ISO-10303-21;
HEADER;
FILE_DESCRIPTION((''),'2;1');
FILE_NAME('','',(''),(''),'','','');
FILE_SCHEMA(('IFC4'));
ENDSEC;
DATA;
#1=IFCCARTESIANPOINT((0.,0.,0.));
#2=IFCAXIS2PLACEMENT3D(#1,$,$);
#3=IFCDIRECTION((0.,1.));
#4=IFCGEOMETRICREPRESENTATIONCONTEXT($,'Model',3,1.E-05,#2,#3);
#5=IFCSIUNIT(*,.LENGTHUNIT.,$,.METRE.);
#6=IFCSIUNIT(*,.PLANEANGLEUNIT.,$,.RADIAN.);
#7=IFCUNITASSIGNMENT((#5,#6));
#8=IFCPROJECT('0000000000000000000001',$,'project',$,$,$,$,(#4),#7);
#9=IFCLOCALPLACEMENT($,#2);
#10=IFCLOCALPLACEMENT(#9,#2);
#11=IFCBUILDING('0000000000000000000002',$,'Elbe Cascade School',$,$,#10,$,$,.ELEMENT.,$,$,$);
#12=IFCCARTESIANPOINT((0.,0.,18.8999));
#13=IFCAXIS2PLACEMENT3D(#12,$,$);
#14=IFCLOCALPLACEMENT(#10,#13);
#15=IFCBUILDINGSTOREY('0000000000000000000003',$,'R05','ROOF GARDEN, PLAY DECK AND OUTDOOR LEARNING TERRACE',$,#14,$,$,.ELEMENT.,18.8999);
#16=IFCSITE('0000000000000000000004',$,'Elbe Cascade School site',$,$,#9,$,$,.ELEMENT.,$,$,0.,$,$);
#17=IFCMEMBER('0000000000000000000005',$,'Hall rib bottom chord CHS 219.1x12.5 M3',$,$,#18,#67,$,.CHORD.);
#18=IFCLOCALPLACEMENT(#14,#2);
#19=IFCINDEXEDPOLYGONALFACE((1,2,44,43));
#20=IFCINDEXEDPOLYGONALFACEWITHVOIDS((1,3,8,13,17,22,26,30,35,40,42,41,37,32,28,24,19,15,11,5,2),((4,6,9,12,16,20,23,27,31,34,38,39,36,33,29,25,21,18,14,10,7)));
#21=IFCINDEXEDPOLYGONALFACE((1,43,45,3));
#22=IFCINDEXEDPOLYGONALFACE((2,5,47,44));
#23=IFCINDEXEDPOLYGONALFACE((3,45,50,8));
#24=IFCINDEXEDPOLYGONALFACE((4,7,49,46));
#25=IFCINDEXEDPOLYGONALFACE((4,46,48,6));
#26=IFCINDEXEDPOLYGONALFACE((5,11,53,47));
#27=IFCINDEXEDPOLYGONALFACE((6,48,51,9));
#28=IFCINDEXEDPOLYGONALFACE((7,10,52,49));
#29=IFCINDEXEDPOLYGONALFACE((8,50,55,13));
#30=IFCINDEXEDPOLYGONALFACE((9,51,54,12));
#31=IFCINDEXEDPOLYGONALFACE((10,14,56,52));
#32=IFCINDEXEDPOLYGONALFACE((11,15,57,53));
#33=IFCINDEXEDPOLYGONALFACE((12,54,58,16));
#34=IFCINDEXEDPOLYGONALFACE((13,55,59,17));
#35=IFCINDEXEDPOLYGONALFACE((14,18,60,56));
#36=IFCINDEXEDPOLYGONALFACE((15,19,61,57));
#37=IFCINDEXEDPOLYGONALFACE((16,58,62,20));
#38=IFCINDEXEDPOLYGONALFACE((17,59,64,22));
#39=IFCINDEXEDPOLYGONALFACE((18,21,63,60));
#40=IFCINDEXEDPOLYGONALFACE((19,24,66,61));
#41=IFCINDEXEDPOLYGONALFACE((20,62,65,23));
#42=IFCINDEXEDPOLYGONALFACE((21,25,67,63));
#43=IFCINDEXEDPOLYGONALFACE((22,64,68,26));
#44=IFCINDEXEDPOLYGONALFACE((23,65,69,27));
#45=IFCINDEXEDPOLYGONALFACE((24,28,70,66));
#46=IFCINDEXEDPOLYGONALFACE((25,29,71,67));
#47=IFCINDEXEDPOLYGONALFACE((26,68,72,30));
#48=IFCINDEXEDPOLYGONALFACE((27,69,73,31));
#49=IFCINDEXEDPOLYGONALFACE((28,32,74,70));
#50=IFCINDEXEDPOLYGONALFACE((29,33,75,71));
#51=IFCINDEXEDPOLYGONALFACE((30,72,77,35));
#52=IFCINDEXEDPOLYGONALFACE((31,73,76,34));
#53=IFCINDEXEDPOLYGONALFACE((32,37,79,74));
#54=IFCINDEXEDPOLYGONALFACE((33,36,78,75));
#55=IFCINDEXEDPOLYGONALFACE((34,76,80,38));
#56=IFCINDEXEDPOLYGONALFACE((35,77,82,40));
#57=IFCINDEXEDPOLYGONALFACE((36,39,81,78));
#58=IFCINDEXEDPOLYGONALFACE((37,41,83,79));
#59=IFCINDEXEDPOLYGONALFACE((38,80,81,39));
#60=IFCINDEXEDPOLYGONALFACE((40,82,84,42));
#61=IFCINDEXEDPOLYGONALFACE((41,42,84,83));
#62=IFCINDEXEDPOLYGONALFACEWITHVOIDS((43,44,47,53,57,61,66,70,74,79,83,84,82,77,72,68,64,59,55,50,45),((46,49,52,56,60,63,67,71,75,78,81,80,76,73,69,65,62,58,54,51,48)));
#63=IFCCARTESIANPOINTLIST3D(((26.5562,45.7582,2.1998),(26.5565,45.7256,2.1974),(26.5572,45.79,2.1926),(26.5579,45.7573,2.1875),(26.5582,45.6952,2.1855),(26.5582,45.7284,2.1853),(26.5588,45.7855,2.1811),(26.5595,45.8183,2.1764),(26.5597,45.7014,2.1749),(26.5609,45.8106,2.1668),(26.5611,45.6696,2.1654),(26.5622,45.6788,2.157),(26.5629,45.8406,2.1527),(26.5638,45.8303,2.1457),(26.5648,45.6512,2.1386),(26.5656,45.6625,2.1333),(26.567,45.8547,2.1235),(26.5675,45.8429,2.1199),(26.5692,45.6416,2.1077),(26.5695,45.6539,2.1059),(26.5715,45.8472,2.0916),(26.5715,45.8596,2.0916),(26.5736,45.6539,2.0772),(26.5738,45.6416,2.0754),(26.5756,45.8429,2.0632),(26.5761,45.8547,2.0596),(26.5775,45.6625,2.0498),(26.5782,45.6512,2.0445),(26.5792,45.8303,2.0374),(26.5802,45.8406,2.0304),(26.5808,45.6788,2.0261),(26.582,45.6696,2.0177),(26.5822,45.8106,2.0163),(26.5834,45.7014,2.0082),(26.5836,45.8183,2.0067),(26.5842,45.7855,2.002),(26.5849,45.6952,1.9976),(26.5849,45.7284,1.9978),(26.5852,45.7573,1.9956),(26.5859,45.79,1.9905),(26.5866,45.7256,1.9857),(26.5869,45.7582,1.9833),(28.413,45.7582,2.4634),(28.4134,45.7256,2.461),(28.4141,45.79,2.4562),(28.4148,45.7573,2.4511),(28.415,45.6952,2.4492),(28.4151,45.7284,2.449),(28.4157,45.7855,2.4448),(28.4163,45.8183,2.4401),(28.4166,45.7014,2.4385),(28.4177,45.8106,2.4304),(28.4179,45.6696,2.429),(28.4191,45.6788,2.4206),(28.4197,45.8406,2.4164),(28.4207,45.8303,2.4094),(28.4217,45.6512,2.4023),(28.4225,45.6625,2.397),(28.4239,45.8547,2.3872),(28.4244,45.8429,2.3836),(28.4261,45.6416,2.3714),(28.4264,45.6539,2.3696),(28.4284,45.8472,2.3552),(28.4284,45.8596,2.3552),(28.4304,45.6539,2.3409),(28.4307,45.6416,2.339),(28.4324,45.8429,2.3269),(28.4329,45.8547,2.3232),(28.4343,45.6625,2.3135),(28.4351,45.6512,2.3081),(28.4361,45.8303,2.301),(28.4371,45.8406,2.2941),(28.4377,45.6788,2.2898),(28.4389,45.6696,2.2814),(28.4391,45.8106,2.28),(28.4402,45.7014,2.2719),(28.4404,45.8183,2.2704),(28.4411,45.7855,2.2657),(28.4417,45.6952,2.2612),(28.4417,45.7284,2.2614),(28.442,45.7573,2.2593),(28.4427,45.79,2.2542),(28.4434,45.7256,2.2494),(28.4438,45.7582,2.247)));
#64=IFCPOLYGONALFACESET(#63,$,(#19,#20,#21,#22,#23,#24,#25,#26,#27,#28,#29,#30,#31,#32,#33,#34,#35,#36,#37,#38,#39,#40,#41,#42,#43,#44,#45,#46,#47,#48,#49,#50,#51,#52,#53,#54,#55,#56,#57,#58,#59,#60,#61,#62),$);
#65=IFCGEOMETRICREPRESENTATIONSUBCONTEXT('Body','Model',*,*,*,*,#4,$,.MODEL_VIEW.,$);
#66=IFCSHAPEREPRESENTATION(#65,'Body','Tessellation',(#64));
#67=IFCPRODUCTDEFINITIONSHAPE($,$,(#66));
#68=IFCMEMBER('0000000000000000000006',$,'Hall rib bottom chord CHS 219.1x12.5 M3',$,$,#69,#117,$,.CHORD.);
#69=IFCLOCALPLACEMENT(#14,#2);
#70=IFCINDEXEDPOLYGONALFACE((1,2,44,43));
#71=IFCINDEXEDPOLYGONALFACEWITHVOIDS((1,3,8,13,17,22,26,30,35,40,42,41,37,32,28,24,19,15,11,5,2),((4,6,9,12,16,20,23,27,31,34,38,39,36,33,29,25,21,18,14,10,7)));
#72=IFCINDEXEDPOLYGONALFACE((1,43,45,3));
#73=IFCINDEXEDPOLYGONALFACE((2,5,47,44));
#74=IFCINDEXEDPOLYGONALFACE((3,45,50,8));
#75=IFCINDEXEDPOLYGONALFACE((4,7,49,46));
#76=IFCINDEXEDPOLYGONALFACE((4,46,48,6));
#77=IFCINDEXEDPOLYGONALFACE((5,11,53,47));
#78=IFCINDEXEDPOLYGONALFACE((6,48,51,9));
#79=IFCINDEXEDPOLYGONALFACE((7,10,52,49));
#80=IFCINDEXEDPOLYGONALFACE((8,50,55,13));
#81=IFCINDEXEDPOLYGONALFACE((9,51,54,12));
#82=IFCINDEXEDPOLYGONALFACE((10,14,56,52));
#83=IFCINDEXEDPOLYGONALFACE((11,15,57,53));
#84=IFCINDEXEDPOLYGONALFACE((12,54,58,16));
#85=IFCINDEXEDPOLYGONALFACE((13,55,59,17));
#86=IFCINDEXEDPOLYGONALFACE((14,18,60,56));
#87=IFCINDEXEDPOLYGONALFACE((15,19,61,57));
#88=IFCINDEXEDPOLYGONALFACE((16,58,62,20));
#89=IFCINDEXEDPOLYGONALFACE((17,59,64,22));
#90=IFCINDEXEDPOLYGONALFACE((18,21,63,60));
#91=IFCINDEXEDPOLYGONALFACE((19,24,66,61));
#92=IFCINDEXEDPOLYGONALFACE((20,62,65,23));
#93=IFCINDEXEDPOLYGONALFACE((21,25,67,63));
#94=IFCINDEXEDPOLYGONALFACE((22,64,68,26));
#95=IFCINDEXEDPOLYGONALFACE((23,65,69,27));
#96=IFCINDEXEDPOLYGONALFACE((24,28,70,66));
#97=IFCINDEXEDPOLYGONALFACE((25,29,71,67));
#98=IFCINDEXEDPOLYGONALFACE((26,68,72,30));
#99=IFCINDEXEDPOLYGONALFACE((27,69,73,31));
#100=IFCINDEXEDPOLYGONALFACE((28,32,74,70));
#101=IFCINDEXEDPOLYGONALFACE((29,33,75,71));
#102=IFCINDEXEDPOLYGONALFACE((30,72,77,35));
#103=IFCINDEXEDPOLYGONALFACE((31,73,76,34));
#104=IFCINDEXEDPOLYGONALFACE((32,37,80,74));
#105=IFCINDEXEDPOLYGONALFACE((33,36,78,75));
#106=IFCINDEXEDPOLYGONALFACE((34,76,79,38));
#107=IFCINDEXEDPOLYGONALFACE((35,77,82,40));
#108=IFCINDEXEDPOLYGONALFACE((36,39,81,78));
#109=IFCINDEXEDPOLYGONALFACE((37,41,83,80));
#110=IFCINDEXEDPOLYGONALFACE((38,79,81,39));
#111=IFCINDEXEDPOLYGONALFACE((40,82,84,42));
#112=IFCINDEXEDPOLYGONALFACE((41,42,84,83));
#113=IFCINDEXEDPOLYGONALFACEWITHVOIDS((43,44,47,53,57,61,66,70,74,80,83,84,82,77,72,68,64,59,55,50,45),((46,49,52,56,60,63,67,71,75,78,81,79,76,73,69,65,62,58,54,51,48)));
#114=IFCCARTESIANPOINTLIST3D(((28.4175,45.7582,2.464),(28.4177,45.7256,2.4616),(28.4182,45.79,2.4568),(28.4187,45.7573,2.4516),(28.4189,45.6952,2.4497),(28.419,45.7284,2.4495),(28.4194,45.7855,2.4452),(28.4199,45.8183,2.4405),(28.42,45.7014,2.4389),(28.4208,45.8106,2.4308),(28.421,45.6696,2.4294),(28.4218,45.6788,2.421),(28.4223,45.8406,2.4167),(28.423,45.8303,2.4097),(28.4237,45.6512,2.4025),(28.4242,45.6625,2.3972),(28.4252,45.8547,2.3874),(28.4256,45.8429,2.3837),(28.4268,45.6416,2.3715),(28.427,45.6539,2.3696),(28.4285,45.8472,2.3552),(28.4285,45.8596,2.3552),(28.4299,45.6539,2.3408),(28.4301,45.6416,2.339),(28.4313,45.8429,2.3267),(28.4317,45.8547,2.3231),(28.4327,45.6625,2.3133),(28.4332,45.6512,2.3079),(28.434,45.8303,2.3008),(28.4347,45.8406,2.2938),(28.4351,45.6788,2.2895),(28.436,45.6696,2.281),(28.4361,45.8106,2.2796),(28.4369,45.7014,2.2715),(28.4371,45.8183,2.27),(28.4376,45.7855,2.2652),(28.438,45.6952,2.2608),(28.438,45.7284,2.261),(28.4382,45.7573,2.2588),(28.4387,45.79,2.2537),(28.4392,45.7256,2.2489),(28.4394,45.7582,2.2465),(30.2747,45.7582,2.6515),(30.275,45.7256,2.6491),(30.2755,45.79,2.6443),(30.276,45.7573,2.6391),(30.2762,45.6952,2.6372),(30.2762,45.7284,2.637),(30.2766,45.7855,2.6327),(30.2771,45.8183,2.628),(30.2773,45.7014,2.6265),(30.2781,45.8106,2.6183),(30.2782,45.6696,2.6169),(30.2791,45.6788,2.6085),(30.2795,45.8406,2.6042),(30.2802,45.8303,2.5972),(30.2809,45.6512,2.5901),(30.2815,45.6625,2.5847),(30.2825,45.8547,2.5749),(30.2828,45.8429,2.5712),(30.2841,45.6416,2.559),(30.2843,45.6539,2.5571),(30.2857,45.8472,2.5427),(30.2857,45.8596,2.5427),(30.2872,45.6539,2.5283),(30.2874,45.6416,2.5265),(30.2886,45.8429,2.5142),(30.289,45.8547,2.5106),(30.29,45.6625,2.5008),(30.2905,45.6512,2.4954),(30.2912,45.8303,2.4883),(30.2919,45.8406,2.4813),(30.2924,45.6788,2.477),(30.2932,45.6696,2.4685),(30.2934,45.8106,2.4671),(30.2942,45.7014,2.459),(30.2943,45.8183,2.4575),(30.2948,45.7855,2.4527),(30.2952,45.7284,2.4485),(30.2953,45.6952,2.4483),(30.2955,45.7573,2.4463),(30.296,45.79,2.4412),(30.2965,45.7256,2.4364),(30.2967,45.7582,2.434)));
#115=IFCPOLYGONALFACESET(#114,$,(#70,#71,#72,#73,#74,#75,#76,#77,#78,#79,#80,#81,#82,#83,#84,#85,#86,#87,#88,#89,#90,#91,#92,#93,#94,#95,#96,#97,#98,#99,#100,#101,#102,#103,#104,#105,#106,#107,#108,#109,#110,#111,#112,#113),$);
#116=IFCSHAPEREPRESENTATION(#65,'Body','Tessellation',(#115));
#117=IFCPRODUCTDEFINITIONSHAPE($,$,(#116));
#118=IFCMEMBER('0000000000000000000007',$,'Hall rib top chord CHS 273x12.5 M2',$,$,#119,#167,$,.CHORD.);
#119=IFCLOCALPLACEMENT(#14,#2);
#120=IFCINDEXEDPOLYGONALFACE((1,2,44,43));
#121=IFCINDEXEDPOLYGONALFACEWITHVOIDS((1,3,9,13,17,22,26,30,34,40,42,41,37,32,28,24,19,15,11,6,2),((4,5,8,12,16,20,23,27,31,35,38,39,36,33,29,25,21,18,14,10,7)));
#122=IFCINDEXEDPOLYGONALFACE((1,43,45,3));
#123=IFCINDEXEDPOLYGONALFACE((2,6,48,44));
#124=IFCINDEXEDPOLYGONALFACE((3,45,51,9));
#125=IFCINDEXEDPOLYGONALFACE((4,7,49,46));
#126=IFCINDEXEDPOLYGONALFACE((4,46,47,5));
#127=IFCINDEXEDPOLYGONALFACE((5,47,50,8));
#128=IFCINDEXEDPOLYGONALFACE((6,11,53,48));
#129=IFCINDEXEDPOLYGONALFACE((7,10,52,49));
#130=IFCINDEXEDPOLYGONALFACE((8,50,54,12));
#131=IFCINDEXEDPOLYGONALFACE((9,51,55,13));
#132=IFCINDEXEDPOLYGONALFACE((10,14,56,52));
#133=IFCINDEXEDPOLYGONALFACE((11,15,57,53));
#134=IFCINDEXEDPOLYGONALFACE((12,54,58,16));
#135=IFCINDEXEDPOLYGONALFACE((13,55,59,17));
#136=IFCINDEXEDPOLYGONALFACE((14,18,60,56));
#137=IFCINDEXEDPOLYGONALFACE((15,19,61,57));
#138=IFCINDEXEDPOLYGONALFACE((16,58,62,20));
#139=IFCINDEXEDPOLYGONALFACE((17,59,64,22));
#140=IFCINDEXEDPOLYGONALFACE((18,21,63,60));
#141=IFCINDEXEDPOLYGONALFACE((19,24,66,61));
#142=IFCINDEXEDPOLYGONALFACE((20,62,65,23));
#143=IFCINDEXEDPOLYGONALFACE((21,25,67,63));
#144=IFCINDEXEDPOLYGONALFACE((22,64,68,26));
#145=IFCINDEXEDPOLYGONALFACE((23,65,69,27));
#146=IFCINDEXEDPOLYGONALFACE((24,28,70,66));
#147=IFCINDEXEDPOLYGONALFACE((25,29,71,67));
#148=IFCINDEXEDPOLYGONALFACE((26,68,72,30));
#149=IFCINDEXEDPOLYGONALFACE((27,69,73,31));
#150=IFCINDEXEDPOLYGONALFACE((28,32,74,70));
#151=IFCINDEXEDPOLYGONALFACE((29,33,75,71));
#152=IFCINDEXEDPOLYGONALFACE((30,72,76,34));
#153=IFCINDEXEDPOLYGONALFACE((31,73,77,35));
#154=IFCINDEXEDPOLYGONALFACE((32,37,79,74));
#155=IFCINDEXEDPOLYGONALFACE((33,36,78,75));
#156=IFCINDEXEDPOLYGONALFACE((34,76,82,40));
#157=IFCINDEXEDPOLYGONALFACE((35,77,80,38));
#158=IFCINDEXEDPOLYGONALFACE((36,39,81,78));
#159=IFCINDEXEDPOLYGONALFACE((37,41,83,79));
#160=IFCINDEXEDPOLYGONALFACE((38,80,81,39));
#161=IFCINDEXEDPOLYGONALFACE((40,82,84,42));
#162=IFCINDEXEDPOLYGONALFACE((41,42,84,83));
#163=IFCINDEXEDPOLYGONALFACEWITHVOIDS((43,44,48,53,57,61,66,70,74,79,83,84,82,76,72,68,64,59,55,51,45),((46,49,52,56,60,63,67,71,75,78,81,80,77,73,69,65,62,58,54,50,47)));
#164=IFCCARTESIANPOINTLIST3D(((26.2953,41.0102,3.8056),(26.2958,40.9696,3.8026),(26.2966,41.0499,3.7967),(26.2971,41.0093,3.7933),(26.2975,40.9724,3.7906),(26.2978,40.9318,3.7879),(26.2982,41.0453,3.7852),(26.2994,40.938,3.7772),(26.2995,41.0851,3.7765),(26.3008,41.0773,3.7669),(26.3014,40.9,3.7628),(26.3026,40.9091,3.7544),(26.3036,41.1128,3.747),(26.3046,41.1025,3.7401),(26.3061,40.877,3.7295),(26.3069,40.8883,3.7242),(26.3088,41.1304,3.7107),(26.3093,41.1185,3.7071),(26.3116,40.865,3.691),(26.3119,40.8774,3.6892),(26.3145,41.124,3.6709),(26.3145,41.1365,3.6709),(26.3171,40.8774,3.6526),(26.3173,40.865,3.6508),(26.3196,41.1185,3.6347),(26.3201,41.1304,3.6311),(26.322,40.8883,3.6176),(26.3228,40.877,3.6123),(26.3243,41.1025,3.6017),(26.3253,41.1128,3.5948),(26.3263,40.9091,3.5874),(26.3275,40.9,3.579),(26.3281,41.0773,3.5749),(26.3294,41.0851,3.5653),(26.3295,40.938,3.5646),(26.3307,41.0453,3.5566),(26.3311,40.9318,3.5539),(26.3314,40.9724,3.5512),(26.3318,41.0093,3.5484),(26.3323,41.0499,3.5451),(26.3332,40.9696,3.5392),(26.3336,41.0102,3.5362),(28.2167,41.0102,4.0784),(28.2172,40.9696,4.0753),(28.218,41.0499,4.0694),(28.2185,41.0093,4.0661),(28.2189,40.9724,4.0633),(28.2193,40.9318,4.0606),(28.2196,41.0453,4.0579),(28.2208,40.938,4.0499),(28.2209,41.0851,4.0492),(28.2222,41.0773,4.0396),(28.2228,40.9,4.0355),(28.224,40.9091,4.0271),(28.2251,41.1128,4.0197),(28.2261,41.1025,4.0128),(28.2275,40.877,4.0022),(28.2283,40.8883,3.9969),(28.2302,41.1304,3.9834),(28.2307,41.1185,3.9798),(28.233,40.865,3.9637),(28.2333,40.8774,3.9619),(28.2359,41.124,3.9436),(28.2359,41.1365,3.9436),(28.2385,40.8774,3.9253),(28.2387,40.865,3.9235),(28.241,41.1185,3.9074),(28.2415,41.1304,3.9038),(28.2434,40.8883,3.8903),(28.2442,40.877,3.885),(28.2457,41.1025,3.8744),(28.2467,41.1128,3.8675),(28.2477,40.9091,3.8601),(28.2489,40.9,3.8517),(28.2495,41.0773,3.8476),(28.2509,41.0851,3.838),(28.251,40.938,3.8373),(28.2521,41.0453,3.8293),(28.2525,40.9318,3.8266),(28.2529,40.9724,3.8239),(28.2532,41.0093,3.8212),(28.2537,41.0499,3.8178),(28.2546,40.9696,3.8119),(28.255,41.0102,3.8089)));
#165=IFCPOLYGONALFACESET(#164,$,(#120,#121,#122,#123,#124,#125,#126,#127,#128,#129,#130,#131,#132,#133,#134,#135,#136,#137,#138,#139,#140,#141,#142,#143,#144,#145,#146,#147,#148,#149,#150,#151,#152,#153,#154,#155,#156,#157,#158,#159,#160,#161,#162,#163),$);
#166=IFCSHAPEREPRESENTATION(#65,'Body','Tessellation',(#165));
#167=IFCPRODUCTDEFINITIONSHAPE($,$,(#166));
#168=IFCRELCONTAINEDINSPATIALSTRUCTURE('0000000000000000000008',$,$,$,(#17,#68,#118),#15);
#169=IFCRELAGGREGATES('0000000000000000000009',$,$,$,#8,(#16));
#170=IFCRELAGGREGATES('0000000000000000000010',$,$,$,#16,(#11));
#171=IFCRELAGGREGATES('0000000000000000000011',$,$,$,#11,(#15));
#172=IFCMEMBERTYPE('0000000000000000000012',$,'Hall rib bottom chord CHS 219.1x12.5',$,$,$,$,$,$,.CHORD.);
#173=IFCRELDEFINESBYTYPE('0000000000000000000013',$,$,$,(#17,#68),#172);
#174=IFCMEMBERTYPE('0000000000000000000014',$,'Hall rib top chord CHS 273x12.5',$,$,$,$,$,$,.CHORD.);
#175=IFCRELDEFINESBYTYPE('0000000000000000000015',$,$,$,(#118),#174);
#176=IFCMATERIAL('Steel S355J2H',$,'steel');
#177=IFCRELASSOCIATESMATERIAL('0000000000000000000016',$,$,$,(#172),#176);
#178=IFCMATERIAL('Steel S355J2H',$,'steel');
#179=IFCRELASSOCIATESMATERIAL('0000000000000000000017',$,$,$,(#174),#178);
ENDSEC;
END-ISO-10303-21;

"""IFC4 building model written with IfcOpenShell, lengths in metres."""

from ifc_helpers import new_model, si_unit, direction, frame, origin, origin_2d, place, context, subcontext, project, spatial, hollow_circle, extrude, material, material_profile, profile_set, type_object, element, save


model = new_model("IFC4")

# Units and contexts
model_context = context("Model", 3, precision=1e-05, world=origin(), true_north=direction((0.0, 1.0)))
body_context = subcontext(model_context, "Body", "Model", "MODEL_VIEW")
ifc_project = project(units=[si_unit("LENGTHUNIT", "METRE"), si_unit("PLANEANGLEUNIT", "RADIAN")], contexts=[model_context])

# Site, building, storey
site_placement = place(None, origin())
site = spatial("IfcSite", under=ifc_project, at=site_placement, Name="Elbe Cascade School site", CompositionType="ELEMENT", RefElevation=0.0)
building_placement = place(site_placement, origin())
building = spatial("IfcBuilding", under=site, at=building_placement, Name="Elbe Cascade School", CompositionType="ELEMENT")
storey_placement = place(building_placement, frame((0.0, 0.0, 18.8999)))
storey = spatial("IfcBuildingStorey", under=building, at=storey_placement, Name="R05", Description="ROOF GARDEN, PLAY DECK AND OUTDOOR LEARNING TERRACE", CompositionType="ELEMENT", Elevation=18.8999)

# Members
ifc_material_1 = material(Name="Steel S355J2H", Category="steel")
ifc_material_profile_1 = material_profile(ifc_material_1, hollow_circle(Radius=0.1096, WallThickness=0.0125, at=origin_2d()), Name="CHS 219.1x12.5")
ifc_profile_set_1 = profile_set([ifc_material_profile_1], Name="Steel S355J2H")
member_type_1 = type_object("IfcMemberType", Name="Hall rib bottom chord CHS 219.1x12.5", PredefinedType="CHORD", material=ifc_profile_set_1)
member_1_placement = place(storey_placement, frame((26.5715, 45.75, 2.0916), z_axis=(0.990069, 0.0, 0.140583), x_axis=(0.0, 1.0, 0.0)))
element("IfcMember", 1, at=member_1_placement, inside=storey, type_object=member_type_1, Name="Hall rib bottom chord CHS 219.1x12.5 M3", PredefinedType="CHORD", context=body_context, shape_type="SweptSolid", body=[
    extrude(hollow_circle(Radius=0.1096, WallThickness=0.0125, at=origin_2d()), origin(), (0.0, 0.0, 1.0), 1.8755),
])
member_2_placement = place(storey_placement, frame((28.4285, 45.75, 2.3552), z_axis=(0.994942, 0.0, 0.100449), x_axis=(0.0, 1.0, 0.0)))
element("IfcMember", 2, at=member_2_placement, inside=storey, type_object=member_type_1, Name="Hall rib bottom chord CHS 219.1x12.5 M3", PredefinedType="CHORD", context=body_context, shape_type="SweptSolid", body=[
    extrude(hollow_circle(Radius=0.1096, WallThickness=0.0125, at=origin_2d()), origin(), (0.0, 0.0, 1.0), 1.8667),
])
ifc_material_2 = material(Name="Steel S355J2H", Category="steel")
ifc_material_profile_2 = material_profile(ifc_material_2, hollow_circle(Radius=0.1365, WallThickness=0.0125, at=origin_2d()), Name="CHS 273x12.5")
ifc_profile_set_2 = profile_set([ifc_material_profile_2], Name="Steel S355J2H")
member_type_2 = type_object("IfcMemberType", Name="Hall rib top chord CHS 273x12.5", PredefinedType="CHORD", material=ifc_profile_set_2)
member_3_placement = place(storey_placement, frame((26.3145, 41.0, 3.6709), z_axis=(0.990077, 0.0, 0.140523), x_axis=(0.0, 1.0, 0.0)))
element("IfcMember", 3, at=member_3_placement, inside=storey, type_object=member_type_2, Name="Hall rib top chord CHS 273x12.5 M2", PredefinedType="CHORD", context=body_context, shape_type="SweptSolid", body=[
    extrude(hollow_circle(Radius=0.1365, WallThickness=0.0125, at=origin_2d()), origin(), (0.0, 0.0, 1.0), 1.9407),
])

save(model, "model.ifc")
